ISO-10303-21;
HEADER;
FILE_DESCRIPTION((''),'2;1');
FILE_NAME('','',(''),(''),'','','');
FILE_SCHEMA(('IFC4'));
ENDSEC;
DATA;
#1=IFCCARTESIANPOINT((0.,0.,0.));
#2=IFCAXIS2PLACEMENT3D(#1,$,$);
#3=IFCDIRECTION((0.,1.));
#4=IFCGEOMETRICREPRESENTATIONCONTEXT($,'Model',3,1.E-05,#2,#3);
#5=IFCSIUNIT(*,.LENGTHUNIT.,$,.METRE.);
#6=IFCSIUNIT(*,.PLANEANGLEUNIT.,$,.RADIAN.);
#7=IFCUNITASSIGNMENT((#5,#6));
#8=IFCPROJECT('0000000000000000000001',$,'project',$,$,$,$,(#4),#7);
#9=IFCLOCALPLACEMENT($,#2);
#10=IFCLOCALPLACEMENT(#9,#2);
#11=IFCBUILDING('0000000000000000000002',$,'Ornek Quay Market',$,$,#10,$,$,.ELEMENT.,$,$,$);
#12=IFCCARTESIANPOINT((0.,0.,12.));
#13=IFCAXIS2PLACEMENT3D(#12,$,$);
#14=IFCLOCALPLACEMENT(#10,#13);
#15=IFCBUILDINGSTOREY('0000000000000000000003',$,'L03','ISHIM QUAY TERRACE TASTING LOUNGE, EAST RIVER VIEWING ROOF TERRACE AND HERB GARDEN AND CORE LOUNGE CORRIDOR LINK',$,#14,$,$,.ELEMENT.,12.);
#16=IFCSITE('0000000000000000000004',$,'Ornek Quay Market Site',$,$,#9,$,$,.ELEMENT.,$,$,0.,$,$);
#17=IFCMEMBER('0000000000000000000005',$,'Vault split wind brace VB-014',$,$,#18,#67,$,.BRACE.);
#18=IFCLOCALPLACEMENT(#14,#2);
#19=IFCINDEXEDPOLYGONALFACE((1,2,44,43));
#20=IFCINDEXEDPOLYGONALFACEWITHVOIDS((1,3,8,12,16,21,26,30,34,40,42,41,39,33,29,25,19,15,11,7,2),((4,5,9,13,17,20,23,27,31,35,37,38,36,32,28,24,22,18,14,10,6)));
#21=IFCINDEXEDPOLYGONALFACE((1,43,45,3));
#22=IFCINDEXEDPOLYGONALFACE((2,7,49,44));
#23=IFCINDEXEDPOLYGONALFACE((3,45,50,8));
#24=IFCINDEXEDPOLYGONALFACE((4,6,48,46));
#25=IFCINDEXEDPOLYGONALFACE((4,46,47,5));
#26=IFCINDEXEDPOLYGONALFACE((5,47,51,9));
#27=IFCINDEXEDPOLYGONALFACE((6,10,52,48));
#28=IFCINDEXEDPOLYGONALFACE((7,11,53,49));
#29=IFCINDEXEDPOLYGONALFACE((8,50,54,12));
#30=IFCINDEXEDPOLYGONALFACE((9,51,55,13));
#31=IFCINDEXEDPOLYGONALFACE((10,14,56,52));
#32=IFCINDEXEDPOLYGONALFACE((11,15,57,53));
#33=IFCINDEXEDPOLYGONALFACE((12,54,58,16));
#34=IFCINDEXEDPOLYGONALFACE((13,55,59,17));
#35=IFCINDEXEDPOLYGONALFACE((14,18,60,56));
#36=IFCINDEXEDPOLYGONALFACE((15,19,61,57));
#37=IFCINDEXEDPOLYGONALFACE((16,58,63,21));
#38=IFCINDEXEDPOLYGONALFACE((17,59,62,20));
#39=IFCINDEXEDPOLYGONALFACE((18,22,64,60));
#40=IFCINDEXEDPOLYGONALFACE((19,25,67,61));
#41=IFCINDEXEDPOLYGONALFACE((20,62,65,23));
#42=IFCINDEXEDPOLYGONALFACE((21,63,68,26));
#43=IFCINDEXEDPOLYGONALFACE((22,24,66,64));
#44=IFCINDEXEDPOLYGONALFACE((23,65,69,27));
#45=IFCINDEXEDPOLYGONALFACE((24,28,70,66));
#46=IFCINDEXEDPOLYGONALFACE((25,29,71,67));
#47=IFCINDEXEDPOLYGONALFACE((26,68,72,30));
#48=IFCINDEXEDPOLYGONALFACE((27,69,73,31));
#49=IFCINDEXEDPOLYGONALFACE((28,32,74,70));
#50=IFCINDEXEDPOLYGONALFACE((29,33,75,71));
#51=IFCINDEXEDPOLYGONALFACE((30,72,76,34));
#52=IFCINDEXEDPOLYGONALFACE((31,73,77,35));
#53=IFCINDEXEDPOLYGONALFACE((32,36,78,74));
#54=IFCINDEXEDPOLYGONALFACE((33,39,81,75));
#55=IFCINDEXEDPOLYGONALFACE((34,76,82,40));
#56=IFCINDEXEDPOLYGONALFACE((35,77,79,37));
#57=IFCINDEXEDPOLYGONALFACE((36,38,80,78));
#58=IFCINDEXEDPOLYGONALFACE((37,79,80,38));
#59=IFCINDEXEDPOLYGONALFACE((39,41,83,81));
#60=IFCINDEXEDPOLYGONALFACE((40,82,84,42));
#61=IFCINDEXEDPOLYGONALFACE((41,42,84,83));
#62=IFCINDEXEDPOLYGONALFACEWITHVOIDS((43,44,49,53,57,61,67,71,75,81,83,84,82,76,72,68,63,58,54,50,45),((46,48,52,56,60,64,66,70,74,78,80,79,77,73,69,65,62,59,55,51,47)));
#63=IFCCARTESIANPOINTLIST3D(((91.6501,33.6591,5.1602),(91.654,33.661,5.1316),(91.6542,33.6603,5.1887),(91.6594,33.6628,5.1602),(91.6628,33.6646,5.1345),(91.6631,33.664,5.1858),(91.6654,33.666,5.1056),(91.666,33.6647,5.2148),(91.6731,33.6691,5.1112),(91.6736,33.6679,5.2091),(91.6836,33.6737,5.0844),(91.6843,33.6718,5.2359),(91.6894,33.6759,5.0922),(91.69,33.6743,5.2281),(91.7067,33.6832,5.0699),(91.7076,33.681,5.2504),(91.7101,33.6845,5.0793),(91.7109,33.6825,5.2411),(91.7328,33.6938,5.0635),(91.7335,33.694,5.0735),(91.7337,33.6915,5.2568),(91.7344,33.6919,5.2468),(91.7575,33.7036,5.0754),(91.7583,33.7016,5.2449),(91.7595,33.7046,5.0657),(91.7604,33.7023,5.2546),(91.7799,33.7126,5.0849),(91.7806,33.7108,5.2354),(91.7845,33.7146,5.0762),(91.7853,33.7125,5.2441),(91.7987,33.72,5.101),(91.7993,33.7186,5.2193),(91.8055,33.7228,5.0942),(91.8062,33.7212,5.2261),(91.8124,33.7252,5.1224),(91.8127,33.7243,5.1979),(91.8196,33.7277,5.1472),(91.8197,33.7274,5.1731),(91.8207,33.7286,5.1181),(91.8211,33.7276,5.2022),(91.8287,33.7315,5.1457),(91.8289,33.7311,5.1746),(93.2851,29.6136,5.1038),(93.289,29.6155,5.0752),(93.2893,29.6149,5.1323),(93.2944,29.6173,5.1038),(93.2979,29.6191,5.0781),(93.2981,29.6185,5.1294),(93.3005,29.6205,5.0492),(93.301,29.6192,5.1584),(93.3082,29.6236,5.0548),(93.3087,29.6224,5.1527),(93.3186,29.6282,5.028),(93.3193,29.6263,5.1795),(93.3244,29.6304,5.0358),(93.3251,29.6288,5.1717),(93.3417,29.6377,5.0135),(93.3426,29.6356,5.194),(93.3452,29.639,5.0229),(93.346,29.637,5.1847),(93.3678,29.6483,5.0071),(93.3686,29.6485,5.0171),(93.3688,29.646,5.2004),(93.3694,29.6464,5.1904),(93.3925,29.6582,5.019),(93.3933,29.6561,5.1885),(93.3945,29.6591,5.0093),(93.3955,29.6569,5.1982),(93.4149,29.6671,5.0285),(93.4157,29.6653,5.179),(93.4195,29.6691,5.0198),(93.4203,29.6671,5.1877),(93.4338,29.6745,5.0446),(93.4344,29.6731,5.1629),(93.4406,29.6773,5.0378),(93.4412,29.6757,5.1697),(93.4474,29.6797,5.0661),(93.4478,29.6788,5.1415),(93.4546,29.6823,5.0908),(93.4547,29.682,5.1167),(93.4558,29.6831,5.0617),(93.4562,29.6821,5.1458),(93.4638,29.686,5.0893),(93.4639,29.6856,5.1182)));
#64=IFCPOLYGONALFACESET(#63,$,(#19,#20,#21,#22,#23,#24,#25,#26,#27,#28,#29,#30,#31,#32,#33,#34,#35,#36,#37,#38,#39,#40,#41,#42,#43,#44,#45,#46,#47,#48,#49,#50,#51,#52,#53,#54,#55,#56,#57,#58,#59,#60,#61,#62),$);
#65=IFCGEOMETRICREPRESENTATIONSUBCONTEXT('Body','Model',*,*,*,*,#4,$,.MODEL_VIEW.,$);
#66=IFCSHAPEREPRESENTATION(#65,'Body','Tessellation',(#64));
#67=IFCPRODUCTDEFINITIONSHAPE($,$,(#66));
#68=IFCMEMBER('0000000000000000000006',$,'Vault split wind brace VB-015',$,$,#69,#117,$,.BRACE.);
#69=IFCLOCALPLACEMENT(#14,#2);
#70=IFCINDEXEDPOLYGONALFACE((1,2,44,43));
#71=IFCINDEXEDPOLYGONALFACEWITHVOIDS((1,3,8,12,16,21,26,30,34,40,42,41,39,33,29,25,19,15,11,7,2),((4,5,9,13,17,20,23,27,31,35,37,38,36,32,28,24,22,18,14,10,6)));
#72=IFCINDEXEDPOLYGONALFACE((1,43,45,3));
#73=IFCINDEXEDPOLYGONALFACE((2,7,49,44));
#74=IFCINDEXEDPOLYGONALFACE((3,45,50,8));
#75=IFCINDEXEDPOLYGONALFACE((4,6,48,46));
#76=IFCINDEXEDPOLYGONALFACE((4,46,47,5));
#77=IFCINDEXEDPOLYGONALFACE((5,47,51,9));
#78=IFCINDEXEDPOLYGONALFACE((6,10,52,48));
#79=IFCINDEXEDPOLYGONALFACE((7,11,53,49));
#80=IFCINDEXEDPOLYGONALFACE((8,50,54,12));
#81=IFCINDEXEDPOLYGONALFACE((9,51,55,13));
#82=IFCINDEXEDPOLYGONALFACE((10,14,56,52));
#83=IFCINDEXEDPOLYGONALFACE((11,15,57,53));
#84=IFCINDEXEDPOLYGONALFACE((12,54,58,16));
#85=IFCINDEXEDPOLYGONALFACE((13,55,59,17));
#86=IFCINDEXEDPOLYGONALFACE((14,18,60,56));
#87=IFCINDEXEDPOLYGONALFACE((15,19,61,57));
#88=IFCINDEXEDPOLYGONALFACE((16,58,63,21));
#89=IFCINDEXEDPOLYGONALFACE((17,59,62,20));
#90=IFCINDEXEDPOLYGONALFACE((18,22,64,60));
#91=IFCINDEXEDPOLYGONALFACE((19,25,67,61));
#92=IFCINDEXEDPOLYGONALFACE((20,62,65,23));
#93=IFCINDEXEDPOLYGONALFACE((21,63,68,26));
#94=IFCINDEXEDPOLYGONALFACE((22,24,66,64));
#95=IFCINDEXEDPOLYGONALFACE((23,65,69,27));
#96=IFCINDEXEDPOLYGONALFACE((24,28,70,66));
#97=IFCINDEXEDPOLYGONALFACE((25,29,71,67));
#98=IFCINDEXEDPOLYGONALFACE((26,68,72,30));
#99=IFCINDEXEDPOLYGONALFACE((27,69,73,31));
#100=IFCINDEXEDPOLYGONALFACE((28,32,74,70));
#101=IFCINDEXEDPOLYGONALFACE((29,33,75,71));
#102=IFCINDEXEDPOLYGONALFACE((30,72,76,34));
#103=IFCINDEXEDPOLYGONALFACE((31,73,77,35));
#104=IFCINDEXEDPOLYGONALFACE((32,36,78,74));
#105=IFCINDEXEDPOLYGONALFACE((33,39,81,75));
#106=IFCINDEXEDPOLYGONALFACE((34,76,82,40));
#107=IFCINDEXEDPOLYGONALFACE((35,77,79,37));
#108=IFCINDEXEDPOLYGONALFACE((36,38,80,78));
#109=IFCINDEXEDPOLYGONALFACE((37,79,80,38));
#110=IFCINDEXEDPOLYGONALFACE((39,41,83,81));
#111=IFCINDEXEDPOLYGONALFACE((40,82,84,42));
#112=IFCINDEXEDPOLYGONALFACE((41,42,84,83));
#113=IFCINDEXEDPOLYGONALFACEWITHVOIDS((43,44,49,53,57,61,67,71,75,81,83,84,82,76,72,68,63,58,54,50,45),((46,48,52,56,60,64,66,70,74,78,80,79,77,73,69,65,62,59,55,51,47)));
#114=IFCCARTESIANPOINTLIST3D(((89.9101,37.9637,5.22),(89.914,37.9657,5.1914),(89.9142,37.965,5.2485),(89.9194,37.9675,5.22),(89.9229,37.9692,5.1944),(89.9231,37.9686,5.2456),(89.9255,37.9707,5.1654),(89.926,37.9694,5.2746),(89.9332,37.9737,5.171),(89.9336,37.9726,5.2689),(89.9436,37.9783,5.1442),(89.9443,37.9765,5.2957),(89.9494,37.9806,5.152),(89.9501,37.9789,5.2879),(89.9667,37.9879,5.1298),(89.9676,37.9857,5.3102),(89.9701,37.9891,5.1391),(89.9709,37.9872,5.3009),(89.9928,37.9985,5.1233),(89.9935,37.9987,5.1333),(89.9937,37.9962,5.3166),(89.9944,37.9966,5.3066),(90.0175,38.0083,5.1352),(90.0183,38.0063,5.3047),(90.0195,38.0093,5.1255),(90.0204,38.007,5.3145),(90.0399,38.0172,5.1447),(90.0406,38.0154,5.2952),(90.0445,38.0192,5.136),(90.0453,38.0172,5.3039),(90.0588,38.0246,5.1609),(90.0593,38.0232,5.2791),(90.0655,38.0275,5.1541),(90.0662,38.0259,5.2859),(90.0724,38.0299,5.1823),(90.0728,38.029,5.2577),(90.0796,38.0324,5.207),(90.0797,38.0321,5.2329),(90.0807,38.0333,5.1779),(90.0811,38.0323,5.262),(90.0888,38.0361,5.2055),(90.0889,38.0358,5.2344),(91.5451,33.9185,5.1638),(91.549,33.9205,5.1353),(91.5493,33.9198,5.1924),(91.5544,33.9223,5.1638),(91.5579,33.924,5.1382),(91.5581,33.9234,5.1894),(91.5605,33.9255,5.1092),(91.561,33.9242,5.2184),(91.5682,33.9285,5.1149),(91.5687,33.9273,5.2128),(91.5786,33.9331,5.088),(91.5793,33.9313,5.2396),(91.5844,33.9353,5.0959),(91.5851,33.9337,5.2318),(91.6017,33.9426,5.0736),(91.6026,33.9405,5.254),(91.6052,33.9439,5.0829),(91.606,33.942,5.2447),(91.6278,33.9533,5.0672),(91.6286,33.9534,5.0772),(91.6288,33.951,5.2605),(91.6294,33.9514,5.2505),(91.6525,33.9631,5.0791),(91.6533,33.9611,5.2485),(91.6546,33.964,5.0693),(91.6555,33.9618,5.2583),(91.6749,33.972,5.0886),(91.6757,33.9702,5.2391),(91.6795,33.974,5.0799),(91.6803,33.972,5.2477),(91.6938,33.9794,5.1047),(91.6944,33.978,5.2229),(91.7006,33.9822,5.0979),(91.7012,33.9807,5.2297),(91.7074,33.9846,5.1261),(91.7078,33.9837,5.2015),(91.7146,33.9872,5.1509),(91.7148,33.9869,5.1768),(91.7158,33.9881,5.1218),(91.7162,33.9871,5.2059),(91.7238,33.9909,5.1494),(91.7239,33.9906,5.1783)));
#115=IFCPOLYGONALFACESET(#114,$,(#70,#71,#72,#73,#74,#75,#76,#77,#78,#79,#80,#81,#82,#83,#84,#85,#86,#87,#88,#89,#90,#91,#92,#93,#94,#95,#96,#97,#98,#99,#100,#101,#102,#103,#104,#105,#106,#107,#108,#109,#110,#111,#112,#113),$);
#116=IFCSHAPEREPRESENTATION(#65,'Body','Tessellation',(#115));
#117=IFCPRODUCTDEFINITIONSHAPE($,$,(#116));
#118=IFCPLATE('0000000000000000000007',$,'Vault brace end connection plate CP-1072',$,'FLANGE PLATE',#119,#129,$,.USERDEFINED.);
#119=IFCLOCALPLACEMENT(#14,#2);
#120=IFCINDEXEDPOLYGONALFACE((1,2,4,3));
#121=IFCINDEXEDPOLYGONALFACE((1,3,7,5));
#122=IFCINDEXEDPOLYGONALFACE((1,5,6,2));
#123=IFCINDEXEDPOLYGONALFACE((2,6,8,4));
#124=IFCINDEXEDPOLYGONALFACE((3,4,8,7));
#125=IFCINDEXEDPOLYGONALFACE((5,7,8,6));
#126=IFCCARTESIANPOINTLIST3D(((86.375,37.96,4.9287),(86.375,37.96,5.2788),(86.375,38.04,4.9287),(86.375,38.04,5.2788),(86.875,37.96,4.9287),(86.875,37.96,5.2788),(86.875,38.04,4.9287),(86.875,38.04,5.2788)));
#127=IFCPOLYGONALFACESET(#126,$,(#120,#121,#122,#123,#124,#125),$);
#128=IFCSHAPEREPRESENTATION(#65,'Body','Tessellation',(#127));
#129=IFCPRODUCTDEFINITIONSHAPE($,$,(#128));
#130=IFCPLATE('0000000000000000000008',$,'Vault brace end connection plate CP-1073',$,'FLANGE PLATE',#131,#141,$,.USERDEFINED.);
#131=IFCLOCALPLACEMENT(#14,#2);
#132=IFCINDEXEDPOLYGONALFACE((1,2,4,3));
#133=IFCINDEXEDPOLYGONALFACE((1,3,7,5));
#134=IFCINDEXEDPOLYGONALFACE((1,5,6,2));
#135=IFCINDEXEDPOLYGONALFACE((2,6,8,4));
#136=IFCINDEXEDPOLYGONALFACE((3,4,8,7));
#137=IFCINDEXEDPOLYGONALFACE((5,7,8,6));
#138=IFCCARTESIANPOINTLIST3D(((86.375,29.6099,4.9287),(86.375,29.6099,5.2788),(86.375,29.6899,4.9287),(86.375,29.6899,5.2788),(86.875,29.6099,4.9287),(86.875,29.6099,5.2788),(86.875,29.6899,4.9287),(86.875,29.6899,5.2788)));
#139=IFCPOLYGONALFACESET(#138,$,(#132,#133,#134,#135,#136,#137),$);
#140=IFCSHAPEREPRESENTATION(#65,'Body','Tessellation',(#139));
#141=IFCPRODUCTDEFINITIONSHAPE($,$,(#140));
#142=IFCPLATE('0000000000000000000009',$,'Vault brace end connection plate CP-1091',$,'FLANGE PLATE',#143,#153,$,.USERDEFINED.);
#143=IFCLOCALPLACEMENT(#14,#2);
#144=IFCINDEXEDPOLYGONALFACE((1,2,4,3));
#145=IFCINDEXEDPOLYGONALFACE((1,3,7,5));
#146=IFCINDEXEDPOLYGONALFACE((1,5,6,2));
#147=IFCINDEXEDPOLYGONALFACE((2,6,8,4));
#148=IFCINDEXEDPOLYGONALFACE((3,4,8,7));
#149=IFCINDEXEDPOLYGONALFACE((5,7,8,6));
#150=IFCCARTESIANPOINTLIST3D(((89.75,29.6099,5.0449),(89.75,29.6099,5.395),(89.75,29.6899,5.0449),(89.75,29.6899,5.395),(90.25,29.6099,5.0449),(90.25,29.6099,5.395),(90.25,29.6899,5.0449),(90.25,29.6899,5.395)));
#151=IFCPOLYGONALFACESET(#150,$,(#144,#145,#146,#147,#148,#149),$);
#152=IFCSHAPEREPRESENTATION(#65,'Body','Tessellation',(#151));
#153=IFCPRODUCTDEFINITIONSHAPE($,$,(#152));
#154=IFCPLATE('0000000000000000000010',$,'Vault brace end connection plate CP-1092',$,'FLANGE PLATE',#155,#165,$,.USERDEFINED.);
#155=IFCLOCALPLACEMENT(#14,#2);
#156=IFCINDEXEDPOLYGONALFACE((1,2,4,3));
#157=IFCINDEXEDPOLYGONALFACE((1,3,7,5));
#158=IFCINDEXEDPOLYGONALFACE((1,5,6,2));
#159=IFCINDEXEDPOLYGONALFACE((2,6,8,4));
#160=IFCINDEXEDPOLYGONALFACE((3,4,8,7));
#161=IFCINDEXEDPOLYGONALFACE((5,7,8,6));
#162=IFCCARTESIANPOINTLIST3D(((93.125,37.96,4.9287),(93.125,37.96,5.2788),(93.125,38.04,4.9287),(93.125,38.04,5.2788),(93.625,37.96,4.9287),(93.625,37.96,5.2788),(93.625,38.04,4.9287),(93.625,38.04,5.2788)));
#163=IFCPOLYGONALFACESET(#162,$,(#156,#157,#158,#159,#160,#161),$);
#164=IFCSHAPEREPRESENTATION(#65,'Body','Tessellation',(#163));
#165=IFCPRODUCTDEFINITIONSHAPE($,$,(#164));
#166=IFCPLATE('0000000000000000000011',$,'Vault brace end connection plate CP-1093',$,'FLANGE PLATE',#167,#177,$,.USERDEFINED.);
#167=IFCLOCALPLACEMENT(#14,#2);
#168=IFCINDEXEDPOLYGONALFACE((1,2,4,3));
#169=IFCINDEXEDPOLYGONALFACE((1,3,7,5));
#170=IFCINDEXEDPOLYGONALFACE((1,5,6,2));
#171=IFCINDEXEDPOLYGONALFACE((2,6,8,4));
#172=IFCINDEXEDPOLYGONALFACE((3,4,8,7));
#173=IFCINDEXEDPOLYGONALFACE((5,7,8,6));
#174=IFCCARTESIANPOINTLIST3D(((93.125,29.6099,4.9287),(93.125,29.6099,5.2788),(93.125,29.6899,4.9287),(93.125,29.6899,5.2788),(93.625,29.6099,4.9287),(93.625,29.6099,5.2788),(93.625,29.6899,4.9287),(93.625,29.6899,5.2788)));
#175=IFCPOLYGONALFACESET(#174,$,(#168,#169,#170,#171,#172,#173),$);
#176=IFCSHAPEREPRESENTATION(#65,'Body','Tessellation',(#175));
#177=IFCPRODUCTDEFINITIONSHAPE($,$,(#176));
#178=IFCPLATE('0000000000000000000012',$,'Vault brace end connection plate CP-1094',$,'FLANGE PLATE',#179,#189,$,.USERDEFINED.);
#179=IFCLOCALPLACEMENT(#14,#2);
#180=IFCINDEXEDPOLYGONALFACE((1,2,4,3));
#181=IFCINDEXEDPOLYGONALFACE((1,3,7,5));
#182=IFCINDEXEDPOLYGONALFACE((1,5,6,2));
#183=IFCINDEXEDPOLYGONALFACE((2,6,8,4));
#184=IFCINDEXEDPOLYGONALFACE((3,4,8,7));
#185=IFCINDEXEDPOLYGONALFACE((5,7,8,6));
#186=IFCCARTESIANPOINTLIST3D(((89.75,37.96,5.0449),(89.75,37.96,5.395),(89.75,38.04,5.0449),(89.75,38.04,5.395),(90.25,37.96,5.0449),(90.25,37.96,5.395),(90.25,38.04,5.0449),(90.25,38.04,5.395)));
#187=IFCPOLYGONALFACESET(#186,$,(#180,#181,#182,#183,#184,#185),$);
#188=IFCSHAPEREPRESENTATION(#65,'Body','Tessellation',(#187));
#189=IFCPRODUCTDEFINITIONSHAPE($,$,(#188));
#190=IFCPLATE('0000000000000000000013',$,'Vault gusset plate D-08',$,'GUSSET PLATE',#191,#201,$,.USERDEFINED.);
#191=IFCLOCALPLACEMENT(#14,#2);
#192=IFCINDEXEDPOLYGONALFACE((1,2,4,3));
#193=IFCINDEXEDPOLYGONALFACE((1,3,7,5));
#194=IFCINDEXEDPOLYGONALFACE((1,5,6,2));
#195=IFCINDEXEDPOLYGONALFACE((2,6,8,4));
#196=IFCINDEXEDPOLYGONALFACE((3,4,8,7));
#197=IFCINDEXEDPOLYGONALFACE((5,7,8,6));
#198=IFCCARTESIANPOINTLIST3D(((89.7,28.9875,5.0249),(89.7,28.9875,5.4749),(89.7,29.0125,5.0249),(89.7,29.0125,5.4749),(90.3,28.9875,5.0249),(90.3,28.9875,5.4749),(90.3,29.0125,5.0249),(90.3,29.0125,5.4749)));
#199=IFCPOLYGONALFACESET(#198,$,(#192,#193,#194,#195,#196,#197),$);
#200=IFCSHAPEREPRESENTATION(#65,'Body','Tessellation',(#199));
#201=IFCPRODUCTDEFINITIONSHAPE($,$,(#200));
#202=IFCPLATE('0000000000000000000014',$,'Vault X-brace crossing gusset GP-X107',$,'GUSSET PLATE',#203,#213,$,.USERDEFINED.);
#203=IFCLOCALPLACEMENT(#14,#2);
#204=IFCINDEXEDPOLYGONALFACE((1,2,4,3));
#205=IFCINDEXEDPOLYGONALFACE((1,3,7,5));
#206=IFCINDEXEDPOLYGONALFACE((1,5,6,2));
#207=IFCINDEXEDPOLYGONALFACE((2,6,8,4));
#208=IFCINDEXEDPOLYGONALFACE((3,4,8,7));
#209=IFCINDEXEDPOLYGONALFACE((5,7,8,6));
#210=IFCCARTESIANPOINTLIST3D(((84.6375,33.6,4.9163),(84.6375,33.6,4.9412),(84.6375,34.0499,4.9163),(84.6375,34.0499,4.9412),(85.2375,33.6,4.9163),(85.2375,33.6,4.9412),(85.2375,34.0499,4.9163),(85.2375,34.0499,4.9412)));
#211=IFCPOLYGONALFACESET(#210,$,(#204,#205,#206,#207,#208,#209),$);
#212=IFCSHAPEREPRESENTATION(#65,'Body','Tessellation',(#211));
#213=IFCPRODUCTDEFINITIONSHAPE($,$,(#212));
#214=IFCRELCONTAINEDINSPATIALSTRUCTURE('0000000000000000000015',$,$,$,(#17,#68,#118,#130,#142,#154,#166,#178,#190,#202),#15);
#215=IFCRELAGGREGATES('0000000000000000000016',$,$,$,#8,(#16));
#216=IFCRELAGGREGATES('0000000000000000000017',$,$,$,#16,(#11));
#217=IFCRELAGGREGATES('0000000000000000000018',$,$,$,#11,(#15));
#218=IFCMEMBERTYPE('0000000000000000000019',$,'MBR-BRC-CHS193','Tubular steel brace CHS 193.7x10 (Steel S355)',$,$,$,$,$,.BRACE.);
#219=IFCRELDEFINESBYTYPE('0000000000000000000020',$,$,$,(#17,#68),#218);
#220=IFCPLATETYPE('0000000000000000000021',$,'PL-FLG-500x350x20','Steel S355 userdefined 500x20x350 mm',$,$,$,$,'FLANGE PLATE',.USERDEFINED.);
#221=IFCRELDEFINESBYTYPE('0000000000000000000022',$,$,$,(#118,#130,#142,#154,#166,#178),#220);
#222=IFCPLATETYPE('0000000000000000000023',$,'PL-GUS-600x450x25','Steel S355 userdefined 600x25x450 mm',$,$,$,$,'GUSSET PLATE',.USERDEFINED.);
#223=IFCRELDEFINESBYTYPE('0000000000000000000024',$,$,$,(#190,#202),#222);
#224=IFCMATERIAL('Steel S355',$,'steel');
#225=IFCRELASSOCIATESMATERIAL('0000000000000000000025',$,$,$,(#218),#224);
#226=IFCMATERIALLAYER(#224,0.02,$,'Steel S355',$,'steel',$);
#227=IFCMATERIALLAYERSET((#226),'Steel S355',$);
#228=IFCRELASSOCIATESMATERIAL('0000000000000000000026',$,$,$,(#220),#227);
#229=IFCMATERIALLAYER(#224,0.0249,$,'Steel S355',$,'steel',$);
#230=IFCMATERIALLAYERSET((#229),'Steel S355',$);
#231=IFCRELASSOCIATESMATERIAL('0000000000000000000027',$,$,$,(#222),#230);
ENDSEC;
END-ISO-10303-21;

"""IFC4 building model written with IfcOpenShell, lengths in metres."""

from ifc_helpers import new_model, si_unit, direction, frame, origin, origin_2d, place, context, subcontext, project, spatial, rectangle, hollow_circle, extrude, material, layer, layer_set, material_profile, profile_set, type_object, element, save


model = new_model("IFC4")

# Units and contexts
model_context = context("Model", 3, precision=1e-05, world=origin(), true_north=direction((0.0, 1.0)))
body_context = subcontext(model_context, "Body", "Model", "MODEL_VIEW")
ifc_project = project(units=[si_unit("LENGTHUNIT", "METRE"), si_unit("PLANEANGLEUNIT", "RADIAN")], contexts=[model_context])

# Site, building, storey
site_placement = place(None, origin())
site = spatial("IfcSite", under=ifc_project, at=site_placement, Name="Ornek Quay Market Site", CompositionType="ELEMENT", RefElevation=0.0)
building_placement = place(site_placement, origin())
building = spatial("IfcBuilding", under=site, at=building_placement, Name="Ornek Quay Market", CompositionType="ELEMENT")
storey_placement = place(building_placement, frame((0.0, 0.0, 12.0)))
storey = spatial("IfcBuildingStorey", under=building, at=storey_placement, Name="L03", Description="ISHIM QUAY TERRACE TASTING LOUNGE, EAST RIVER VIEWING ROOF TERRACE AND HERB GARDEN AND CORE LOUNGE CORRIDOR LINK", CompositionType="ELEMENT", Elevation=12.0)

# Shared definitions
ifc_material_1 = material(Name="Steel S355", Category="steel")

# Members
ifc_material_profile_1 = material_profile(ifc_material_1, hollow_circle(Radius=0.0969, WallThickness=0.01, at=origin_2d()), Name="CHS 193.7x10", Category="steel")
ifc_profile_set_1 = profile_set([ifc_material_profile_1], Name="Steel S355")
member_type_1 = type_object("IfcMemberType", Name="MBR-BRC-CHS193", Description="Tubular steel brace CHS 193.7x10 (Steel S355)", PredefinedType="BRACE", material=ifc_profile_set_1)
member_1_placement = place(storey_placement, frame((93.375, 29.6499, 5.1038), z_axis=(-0.374685, 0.927062, 0.012924), x_axis=(-0.927139, -0.374717, 0.0)))
element("IfcMember", 1, at=member_1_placement, inside=storey, type_object=member_type_1, Name="Vault split wind brace VB-014", PredefinedType="BRACE", context=body_context, shape_type="SweptSolid", body=[
    extrude(hollow_circle(Radius=0.0969, WallThickness=0.01, at=origin_2d()), origin(), (0.0, 0.0, 1.0), 4.3638),
])
member_2_placement = place(storey_placement, frame((91.635, 33.9548, 5.1638), z_axis=(-0.374705, 0.927055, 0.012869), x_axis=(-0.927132, -0.374736, 0.0)))
element("IfcMember", 2, at=member_2_placement, inside=storey, type_object=member_type_1, Name="Vault split wind brace VB-015", PredefinedType="BRACE", context=body_context, shape_type="SweptSolid", body=[
    extrude(hollow_circle(Radius=0.0969, WallThickness=0.01, at=origin_2d()), origin(), (0.0, 0.0, 1.0), 4.3635),
])

# Plates
ifc_layer_1 = layer(ifc_material_1, 0.02, Name="Steel S355", Category="steel")
ifc_layer_set_1 = layer_set([ifc_layer_1], Name="Steel S355")
plate_type_1 = type_object("IfcPlateType", Name="PL-FLG-500x350x20", Description="Steel S355 userdefined 500x20x350 mm", ElementType="FLANGE PLATE", PredefinedType="USERDEFINED", material=ifc_layer_set_1)
for number, where, z_axis, x_axis, name in (
    (3, (86.625, 38.0, 4.9287), (0.0, 0.0, 1.0), (1.0, 0.0, 0.0), "Vault brace end connection plate CP-1072"),
    (4, (86.625, 29.6499, 4.9287), (0.0, 0.0, 1.0), (1.0, 0.0, 0.0), "Vault brace end connection plate CP-1073"),
    (5, (90.0, 29.6499, 5.0449), (0.0, 0.0, 1.0), (1.0, 0.0, 0.0), "Vault brace end connection plate CP-1091"),
    (6, (93.375, 38.0, 4.9287), (0.0, 0.0, 1.0), (1.0, 0.0, 0.0), "Vault brace end connection plate CP-1092"),
    (7, (93.375, 29.6499, 4.9287), (0.0, 0.0, 1.0), (1.0, 0.0, 0.0), "Vault brace end connection plate CP-1093"),
    (8, (90.0, 38.0, 5.0449), (0.0, 0.0, 1.0), (1.0, 0.0, 0.0), "Vault brace end connection plate CP-1094"),
):
    element("IfcPlate", number, at=place(storey_placement, frame(where, z_axis=z_axis, x_axis=x_axis)), inside=storey, type_object=plate_type_1, Name=name, ObjectType="FLANGE PLATE", PredefinedType="USERDEFINED", context=body_context, shape_type="SweptSolid", body=[
        extrude(rectangle(XDim=0.5, YDim=0.0801, at=origin_2d()), origin(), (0.0, 0.0, 1.0), 0.3501),
    ])
ifc_layer_2 = layer(ifc_material_1, 0.0249, Name="Steel S355", Category="steel")
ifc_layer_set_2 = layer_set([ifc_layer_2], Name="Steel S355")
plate_type_2 = type_object("IfcPlateType", Name="PL-GUS-600x450x25", Description="Steel S355 userdefined 600x25x450 mm", ElementType="GUSSET PLATE", PredefinedType="USERDEFINED", material=ifc_layer_set_2)
plate_placement = place(storey_placement, frame((90.0, 29.0, 5.0249), z_axis=(0.0, 0.0, 1.0), x_axis=(1.0, 0.0, 0.0)))
element("IfcPlate", 9, at=plate_placement, inside=storey, type_object=plate_type_2, Name="Vault gusset plate D-08", ObjectType="GUSSET PLATE", PredefinedType="USERDEFINED", context=body_context, shape_type="SweptSolid", body=[
    extrude(rectangle(XDim=0.6001, YDim=0.0249, at=origin_2d()), origin(), (0.0, 0.0, 1.0), 0.45),
])
for number, where, z_axis, x_axis, name in (
    (10, (84.9375, 33.825, 4.9163), (0.0, 0.0, 1.0), (1.0, 0.0, 0.0), "Vault X-brace crossing gusset GP-X107"),
):
    element("IfcPlate", number, at=place(storey_placement, frame(where, z_axis=z_axis, x_axis=x_axis)), inside=storey, type_object=plate_type_2, Name=name, ObjectType="GUSSET PLATE", PredefinedType="USERDEFINED", context=body_context, shape_type="SweptSolid", body=[
        extrude(rectangle(XDim=0.6001, YDim=0.45, at=origin_2d()), origin(), (0.0, 0.0, 1.0), 0.0249),
    ])

save(model, "model.ifc")
